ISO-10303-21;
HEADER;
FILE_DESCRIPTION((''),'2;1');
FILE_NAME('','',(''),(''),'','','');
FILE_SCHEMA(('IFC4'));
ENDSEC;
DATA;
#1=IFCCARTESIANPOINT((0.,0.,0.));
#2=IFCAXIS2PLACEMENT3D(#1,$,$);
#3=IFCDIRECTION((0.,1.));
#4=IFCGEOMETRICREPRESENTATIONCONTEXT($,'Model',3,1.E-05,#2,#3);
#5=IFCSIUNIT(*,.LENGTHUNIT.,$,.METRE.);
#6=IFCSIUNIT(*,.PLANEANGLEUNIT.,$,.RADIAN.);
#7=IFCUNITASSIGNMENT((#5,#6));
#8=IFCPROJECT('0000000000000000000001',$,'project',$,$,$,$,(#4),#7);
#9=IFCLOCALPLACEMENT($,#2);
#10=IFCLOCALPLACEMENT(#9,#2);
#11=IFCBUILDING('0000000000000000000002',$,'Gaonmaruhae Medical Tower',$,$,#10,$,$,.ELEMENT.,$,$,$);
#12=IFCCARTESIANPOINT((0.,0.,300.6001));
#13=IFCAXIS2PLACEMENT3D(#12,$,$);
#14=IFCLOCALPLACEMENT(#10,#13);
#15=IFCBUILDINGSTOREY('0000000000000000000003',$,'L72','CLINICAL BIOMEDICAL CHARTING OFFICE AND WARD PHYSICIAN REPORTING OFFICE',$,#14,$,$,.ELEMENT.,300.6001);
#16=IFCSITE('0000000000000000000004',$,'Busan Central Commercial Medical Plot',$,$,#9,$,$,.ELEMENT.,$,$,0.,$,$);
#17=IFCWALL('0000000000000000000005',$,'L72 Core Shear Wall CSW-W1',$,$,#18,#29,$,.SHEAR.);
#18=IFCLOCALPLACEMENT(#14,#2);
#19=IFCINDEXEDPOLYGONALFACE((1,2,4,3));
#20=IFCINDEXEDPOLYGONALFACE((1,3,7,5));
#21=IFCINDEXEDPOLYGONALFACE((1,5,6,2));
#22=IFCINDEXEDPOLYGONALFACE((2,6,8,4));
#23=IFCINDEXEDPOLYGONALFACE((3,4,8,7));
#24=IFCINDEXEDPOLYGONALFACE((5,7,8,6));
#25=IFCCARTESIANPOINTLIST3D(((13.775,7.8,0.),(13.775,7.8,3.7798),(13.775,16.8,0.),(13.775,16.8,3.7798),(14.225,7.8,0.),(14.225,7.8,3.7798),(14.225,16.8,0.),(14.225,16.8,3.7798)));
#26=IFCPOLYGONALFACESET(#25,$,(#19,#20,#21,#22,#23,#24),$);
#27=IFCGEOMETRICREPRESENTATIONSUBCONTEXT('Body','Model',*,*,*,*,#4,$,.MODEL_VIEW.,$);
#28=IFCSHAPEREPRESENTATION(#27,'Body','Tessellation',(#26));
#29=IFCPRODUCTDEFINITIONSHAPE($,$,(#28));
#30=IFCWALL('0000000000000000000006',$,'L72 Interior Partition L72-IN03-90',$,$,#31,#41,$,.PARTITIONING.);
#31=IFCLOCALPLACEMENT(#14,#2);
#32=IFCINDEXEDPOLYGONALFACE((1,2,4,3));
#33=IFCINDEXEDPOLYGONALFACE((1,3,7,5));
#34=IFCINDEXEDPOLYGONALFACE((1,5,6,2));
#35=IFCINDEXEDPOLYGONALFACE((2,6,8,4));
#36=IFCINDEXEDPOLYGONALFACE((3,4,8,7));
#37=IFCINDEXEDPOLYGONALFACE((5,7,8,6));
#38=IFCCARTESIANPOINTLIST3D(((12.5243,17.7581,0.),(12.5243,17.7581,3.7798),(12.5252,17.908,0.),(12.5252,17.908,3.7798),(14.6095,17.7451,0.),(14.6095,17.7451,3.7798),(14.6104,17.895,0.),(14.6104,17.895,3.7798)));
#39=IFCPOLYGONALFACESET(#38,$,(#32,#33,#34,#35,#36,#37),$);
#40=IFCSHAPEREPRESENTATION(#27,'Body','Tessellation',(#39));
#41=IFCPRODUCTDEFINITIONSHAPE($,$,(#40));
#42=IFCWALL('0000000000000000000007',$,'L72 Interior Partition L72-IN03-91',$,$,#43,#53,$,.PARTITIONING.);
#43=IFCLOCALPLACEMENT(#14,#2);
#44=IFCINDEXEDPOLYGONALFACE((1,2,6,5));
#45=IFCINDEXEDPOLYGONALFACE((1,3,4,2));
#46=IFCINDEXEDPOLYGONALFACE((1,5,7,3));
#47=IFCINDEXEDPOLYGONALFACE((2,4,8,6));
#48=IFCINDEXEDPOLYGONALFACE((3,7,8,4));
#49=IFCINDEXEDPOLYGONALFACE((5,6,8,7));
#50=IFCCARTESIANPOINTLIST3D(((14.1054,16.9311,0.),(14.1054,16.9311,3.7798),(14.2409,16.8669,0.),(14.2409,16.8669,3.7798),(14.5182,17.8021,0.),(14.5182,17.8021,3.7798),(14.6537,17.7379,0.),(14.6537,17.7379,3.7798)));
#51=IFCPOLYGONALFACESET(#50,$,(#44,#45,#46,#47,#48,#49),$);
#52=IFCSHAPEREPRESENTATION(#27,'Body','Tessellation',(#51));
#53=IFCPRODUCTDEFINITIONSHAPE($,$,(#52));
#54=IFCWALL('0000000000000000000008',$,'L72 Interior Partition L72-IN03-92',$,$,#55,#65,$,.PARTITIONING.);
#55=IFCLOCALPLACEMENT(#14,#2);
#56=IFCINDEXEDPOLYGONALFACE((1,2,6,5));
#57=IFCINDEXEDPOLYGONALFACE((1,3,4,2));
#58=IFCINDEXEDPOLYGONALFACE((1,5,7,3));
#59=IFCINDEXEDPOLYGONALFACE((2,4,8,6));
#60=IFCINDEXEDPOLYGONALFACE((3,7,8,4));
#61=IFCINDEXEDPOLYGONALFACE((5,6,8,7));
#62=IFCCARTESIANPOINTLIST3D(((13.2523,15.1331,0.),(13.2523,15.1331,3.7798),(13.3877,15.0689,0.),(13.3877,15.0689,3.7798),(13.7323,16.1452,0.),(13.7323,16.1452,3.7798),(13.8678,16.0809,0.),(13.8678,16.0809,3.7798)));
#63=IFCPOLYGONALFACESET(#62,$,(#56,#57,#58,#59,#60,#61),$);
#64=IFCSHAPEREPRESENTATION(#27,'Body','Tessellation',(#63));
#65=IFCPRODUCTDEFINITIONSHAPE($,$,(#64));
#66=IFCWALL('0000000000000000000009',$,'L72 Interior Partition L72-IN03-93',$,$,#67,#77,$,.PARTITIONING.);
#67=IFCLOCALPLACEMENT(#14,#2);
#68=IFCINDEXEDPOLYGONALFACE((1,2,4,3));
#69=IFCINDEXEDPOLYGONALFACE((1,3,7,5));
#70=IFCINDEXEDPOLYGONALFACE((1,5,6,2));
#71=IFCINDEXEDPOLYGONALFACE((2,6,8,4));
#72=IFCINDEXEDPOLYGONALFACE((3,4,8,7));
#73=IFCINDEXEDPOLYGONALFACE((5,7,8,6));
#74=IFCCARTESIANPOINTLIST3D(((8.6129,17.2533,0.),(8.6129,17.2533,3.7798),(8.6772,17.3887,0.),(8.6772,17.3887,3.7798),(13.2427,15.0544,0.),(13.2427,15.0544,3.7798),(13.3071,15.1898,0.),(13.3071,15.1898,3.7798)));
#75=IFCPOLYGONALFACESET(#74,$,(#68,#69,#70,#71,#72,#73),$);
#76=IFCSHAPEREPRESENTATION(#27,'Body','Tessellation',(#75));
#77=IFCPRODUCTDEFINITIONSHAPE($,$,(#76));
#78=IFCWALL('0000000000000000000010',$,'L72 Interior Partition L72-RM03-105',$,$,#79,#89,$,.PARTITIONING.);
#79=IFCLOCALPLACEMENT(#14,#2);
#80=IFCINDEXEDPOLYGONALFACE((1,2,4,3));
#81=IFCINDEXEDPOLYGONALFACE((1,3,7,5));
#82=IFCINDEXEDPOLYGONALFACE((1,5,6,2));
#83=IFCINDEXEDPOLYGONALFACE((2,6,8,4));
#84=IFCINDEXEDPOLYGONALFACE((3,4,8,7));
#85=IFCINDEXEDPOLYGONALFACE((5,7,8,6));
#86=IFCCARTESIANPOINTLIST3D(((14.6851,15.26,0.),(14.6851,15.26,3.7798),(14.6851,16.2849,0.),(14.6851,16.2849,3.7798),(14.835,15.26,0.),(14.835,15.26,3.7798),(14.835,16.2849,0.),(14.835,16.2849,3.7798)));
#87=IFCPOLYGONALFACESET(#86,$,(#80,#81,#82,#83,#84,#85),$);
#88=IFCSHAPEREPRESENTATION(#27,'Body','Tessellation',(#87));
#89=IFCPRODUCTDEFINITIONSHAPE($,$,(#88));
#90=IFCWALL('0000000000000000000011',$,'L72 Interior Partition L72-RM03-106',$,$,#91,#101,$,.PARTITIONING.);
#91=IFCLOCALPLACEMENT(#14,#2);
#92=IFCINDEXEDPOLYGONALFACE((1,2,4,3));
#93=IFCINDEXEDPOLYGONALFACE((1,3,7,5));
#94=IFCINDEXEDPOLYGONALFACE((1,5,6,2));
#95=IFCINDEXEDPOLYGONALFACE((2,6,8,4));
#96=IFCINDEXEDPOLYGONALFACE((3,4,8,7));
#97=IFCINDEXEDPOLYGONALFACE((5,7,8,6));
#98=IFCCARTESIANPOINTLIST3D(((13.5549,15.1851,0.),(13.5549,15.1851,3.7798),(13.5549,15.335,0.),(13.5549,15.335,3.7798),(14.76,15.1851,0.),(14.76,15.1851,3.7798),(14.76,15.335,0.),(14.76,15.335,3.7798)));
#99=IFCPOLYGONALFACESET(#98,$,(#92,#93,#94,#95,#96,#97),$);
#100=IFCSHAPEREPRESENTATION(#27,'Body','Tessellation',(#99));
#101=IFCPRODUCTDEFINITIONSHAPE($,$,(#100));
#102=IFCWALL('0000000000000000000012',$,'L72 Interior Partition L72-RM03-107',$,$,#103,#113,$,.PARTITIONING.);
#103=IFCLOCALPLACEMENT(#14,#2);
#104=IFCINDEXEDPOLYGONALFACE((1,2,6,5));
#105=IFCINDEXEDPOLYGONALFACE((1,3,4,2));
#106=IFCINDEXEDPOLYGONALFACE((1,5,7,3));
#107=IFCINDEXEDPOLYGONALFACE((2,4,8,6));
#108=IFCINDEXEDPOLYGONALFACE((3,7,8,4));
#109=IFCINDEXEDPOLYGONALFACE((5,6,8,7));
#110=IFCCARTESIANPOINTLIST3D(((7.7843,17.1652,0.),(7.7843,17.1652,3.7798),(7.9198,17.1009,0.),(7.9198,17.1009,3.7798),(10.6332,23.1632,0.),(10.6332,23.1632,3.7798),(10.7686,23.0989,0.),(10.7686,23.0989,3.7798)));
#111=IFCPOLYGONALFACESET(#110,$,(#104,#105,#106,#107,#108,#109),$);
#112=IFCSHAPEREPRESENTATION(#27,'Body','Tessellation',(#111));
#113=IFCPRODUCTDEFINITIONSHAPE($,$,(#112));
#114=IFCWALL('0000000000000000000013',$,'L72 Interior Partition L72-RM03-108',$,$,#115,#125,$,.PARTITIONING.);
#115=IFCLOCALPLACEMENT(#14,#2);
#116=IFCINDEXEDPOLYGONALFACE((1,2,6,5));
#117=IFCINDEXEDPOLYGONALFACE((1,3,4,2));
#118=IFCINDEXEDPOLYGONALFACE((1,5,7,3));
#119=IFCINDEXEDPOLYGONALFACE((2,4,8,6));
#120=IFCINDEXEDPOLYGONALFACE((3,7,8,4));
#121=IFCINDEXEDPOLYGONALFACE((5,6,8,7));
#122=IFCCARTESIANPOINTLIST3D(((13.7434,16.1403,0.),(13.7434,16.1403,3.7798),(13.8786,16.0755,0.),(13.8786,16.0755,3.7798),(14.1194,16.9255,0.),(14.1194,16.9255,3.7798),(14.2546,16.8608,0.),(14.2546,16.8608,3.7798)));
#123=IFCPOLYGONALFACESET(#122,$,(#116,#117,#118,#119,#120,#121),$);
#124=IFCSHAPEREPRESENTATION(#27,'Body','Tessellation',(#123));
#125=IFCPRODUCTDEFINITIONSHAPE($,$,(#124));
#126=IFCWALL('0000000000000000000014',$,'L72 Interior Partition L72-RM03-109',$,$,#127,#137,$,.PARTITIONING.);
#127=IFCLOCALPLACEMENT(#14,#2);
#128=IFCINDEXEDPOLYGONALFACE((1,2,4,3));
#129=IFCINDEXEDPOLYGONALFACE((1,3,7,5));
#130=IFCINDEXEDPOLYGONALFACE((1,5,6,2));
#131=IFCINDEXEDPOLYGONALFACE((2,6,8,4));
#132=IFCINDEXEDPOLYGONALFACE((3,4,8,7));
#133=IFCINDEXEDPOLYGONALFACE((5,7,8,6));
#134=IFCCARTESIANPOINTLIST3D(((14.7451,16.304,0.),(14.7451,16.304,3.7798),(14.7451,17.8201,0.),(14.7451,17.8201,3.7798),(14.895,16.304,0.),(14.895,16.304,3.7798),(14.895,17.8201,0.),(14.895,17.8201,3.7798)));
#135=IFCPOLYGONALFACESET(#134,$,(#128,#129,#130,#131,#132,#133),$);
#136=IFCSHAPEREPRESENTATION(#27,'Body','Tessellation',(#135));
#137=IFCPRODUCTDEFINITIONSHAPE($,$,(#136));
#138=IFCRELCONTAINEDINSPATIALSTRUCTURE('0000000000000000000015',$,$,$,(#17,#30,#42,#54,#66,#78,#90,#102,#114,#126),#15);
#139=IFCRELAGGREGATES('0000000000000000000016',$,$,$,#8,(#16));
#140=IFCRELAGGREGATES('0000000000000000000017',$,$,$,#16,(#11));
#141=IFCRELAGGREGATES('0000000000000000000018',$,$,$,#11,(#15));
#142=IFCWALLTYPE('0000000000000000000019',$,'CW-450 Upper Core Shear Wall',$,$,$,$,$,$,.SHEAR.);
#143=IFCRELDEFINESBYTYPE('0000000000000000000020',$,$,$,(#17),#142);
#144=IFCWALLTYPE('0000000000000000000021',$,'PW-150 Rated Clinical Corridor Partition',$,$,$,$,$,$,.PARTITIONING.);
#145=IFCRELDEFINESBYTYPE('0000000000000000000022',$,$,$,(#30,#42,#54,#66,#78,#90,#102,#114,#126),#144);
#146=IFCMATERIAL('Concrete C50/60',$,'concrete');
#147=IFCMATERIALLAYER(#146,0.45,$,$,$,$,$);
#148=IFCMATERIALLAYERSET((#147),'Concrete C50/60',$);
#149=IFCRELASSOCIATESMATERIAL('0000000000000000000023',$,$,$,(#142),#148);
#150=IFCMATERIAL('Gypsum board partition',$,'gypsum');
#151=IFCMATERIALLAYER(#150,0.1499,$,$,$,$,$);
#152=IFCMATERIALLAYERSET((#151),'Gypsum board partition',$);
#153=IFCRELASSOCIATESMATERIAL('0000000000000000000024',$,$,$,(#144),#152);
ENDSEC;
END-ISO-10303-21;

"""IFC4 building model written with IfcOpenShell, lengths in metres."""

from ifc_helpers import new_model, si_unit, direction, frame, frame_2d, origin, place, context, subcontext, project, spatial, rectangle, extrude, material, layer, layer_set, type_object, element, save


model = new_model("IFC4")

# Units and contexts
model_context = context("Model", 3, precision=1e-05, world=origin(), true_north=direction((0.0, 1.0)))
body_context = subcontext(model_context, "Body", "Model", "MODEL_VIEW")
ifc_project = project(units=[si_unit("LENGTHUNIT", "METRE"), si_unit("PLANEANGLEUNIT", "RADIAN")], contexts=[model_context])

# Site, building, storey
site_placement = place(None, origin())
site = spatial("IfcSite", under=ifc_project, at=site_placement, Name="Busan Central Commercial Medical Plot", CompositionType="ELEMENT", RefElevation=0.0)
building_placement = place(site_placement, origin())
building = spatial("IfcBuilding", under=site, at=building_placement, Name="Gaonmaruhae Medical Tower", CompositionType="ELEMENT")
storey_placement = place(building_placement, frame((0.0, 0.0, 300.6001)))
storey = spatial("IfcBuildingStorey", under=building, at=storey_placement, Name="L72", Description="CLINICAL BIOMEDICAL CHARTING OFFICE AND WARD PHYSICIAN REPORTING OFFICE", CompositionType="ELEMENT", Elevation=300.6001)

# Shared definitions
ifc_material_1 = material(Name="Concrete C50/60", Category="concrete")

# Walls
ifc_layer_1 = layer(ifc_material_1, 0.45)
ifc_layer_set_1 = layer_set([ifc_layer_1], Name="Concrete C50/60")
wall_type_1 = type_object("IfcWallType", Name="CW-450 Upper Core Shear Wall", PredefinedType="SHEAR", material=ifc_layer_set_1)
wall_1_placement = place(storey_placement, frame((14.0, 16.8, 0.0), z_axis=(0.0, 0.0, 1.0), x_axis=(0.0, -1.0, 0.0)))
element("IfcWall", 1, at=wall_1_placement, inside=storey, type_object=wall_type_1, Name="L72 Core Shear Wall CSW-W1", PredefinedType="SHEAR", context=body_context, shape_type="SweptSolid", body=[
    extrude(rectangle(XDim=9.0, YDim=0.45, at=frame_2d((4.5, 0.0))), origin(), (0.0, 0.0, 1.0), 3.7798),
])
ifc_material_2 = material(Name="Gypsum board partition", Category="gypsum")
ifc_layer_2 = layer(ifc_material_2, 0.1499)
ifc_layer_set_2 = layer_set([ifc_layer_2], Name="Gypsum board partition")
wall_type_2 = type_object("IfcWallType", Name="PW-150 Rated Clinical Corridor Partition", PredefinedType="PARTITIONING", material=ifc_layer_set_2)
wall_2_placement = place(storey_placement, frame((12.5249, 17.833, 0.0), z_axis=(0.0, 0.0, 1.0), x_axis=(0.999981, -0.006205, 0.0)))
element("IfcWall", 2, at=wall_2_placement, inside=storey, type_object=wall_type_2, Name="L72 Interior Partition L72-IN03-90", PredefinedType="PARTITIONING", context=body_context, shape_type="SweptSolid", body=[
    extrude(rectangle(XDim=2.0852, YDim=0.1499, at=frame_2d((1.0425, 0.0))), origin(), (0.0, 0.0, 1.0), 3.7798),
])
wall_3_placement = place(storey_placement, frame((14.5859, 17.77, 0.0), z_axis=(0.0, 0.0, 1.0), x_axis=(-0.428271, -0.90365, 0.0)))
element("IfcWall", 3, at=wall_3_placement, inside=storey, type_object=wall_type_2, Name="L72 Interior Partition L72-IN03-91", PredefinedType="PARTITIONING", context=body_context, shape_type="SweptSolid", body=[
    extrude(rectangle(XDim=0.9639, YDim=0.1499, at=frame_2d((0.4819, 0.0))), origin(), (0.0, 0.0, 1.0), 3.7798),
])
wall_4_placement = place(storey_placement, frame((13.8, 16.113, 0.0), z_axis=(0.0, 0.0, 1.0), x_axis=(-0.428545, -0.90352, 0.0)))
element("IfcWall", 4, at=wall_4_placement, inside=storey, type_object=wall_type_2, Name="L72 Interior Partition L72-IN03-92", PredefinedType="PARTITIONING", context=body_context, shape_type="SweptSolid", body=[
    extrude(rectangle(XDim=1.1201, YDim=0.1499, at=frame_2d((0.5601, 0.0))), origin(), (0.0, 0.0, 1.0), 3.7798),
])
wall_5_placement = place(storey_placement, frame((13.2749, 15.1221, 0.0), z_axis=(0.0, 0.0, 1.0), x_axis=(-0.903294, 0.429022, 0.0)))
element("IfcWall", 5, at=wall_5_placement, inside=storey, type_object=wall_type_2, Name="L72 Interior Partition L72-IN03-93", PredefinedType="PARTITIONING", context=body_context, shape_type="SweptSolid", body=[
    extrude(rectangle(XDim=5.1255, YDim=0.1499, at=frame_2d((2.5627, 0.0))), origin(), (0.0, 0.0, 1.0), 3.7798),
])
wall_6_placement = place(storey_placement, frame((14.76, 16.2849, 0.0), z_axis=(0.0, 0.0, 1.0), x_axis=(0.0, -1.0, 0.0)))
element("IfcWall", 6, at=wall_6_placement, inside=storey, type_object=wall_type_2, Name="L72 Interior Partition L72-RM03-105", PredefinedType="PARTITIONING", context=body_context, shape_type="SweptSolid", body=[
    extrude(rectangle(XDim=1.0249, YDim=0.1499, at=frame_2d((0.5125, 0.0))), origin(), (0.0, 0.0, 1.0), 3.7798),
])
wall_7_placement = place(storey_placement, frame((14.76, 15.26, 0.0), z_axis=(0.0, 0.0, 1.0), x_axis=(-1.0, 0.0, 0.0)))
element("IfcWall", 7, at=wall_7_placement, inside=storey, type_object=wall_type_2, Name="L72 Interior Partition L72-RM03-106", PredefinedType="PARTITIONING", context=body_context, shape_type="SweptSolid", body=[
    extrude(rectangle(XDim=1.2051, YDim=0.1499, at=frame_2d((0.6025, 0.0))), origin(), (0.0, 0.0, 1.0), 3.7798),
])
wall_8_placement = place(storey_placement, frame((7.8521, 17.1331, 0.0), z_axis=(0.0, 0.0, 1.0), x_axis=(0.429033, 0.903289, 0.0)))
element("IfcWall", 8, at=wall_8_placement, inside=storey, type_object=wall_type_2, Name="L72 Interior Partition L72-RM03-107", PredefinedType="PARTITIONING", context=body_context, shape_type="SweptSolid", body=[
    extrude(rectangle(XDim=6.6401, YDim=0.1499, at=frame_2d((3.3201, 0.0))), origin(), (0.0, 0.0, 1.0), 3.7798),
])
wall_9_placement = place(storey_placement, frame((13.811, 16.1079, 0.0), z_axis=(0.0, 0.0, 1.0), x_axis=(0.431892, 0.901925, 0.0)))
element("IfcWall", 9, at=wall_9_placement, inside=storey, type_object=wall_type_2, Name="L72 Interior Partition L72-RM03-108", PredefinedType="PARTITIONING", context=body_context, shape_type="SweptSolid", body=[
    extrude(rectangle(XDim=0.8706, YDim=0.1499, at=frame_2d((0.4353, 0.0))), origin(), (0.0, 0.0, 1.0), 3.7798),
])
wall_10_placement = place(storey_placement, frame((14.8201, 17.8201, 0.0), z_axis=(0.0, 0.0, 1.0), x_axis=(0.0, -1.0, 0.0)))
element("IfcWall", 10, at=wall_10_placement, inside=storey, type_object=wall_type_2, Name="L72 Interior Partition L72-RM03-109", PredefinedType="PARTITIONING", context=body_context, shape_type="SweptSolid", body=[
    extrude(rectangle(XDim=1.5161, YDim=0.1499, at=frame_2d((0.7581, 0.0))), origin(), (0.0, 0.0, 1.0), 3.7798),
])

save(model, "model.ifc")
